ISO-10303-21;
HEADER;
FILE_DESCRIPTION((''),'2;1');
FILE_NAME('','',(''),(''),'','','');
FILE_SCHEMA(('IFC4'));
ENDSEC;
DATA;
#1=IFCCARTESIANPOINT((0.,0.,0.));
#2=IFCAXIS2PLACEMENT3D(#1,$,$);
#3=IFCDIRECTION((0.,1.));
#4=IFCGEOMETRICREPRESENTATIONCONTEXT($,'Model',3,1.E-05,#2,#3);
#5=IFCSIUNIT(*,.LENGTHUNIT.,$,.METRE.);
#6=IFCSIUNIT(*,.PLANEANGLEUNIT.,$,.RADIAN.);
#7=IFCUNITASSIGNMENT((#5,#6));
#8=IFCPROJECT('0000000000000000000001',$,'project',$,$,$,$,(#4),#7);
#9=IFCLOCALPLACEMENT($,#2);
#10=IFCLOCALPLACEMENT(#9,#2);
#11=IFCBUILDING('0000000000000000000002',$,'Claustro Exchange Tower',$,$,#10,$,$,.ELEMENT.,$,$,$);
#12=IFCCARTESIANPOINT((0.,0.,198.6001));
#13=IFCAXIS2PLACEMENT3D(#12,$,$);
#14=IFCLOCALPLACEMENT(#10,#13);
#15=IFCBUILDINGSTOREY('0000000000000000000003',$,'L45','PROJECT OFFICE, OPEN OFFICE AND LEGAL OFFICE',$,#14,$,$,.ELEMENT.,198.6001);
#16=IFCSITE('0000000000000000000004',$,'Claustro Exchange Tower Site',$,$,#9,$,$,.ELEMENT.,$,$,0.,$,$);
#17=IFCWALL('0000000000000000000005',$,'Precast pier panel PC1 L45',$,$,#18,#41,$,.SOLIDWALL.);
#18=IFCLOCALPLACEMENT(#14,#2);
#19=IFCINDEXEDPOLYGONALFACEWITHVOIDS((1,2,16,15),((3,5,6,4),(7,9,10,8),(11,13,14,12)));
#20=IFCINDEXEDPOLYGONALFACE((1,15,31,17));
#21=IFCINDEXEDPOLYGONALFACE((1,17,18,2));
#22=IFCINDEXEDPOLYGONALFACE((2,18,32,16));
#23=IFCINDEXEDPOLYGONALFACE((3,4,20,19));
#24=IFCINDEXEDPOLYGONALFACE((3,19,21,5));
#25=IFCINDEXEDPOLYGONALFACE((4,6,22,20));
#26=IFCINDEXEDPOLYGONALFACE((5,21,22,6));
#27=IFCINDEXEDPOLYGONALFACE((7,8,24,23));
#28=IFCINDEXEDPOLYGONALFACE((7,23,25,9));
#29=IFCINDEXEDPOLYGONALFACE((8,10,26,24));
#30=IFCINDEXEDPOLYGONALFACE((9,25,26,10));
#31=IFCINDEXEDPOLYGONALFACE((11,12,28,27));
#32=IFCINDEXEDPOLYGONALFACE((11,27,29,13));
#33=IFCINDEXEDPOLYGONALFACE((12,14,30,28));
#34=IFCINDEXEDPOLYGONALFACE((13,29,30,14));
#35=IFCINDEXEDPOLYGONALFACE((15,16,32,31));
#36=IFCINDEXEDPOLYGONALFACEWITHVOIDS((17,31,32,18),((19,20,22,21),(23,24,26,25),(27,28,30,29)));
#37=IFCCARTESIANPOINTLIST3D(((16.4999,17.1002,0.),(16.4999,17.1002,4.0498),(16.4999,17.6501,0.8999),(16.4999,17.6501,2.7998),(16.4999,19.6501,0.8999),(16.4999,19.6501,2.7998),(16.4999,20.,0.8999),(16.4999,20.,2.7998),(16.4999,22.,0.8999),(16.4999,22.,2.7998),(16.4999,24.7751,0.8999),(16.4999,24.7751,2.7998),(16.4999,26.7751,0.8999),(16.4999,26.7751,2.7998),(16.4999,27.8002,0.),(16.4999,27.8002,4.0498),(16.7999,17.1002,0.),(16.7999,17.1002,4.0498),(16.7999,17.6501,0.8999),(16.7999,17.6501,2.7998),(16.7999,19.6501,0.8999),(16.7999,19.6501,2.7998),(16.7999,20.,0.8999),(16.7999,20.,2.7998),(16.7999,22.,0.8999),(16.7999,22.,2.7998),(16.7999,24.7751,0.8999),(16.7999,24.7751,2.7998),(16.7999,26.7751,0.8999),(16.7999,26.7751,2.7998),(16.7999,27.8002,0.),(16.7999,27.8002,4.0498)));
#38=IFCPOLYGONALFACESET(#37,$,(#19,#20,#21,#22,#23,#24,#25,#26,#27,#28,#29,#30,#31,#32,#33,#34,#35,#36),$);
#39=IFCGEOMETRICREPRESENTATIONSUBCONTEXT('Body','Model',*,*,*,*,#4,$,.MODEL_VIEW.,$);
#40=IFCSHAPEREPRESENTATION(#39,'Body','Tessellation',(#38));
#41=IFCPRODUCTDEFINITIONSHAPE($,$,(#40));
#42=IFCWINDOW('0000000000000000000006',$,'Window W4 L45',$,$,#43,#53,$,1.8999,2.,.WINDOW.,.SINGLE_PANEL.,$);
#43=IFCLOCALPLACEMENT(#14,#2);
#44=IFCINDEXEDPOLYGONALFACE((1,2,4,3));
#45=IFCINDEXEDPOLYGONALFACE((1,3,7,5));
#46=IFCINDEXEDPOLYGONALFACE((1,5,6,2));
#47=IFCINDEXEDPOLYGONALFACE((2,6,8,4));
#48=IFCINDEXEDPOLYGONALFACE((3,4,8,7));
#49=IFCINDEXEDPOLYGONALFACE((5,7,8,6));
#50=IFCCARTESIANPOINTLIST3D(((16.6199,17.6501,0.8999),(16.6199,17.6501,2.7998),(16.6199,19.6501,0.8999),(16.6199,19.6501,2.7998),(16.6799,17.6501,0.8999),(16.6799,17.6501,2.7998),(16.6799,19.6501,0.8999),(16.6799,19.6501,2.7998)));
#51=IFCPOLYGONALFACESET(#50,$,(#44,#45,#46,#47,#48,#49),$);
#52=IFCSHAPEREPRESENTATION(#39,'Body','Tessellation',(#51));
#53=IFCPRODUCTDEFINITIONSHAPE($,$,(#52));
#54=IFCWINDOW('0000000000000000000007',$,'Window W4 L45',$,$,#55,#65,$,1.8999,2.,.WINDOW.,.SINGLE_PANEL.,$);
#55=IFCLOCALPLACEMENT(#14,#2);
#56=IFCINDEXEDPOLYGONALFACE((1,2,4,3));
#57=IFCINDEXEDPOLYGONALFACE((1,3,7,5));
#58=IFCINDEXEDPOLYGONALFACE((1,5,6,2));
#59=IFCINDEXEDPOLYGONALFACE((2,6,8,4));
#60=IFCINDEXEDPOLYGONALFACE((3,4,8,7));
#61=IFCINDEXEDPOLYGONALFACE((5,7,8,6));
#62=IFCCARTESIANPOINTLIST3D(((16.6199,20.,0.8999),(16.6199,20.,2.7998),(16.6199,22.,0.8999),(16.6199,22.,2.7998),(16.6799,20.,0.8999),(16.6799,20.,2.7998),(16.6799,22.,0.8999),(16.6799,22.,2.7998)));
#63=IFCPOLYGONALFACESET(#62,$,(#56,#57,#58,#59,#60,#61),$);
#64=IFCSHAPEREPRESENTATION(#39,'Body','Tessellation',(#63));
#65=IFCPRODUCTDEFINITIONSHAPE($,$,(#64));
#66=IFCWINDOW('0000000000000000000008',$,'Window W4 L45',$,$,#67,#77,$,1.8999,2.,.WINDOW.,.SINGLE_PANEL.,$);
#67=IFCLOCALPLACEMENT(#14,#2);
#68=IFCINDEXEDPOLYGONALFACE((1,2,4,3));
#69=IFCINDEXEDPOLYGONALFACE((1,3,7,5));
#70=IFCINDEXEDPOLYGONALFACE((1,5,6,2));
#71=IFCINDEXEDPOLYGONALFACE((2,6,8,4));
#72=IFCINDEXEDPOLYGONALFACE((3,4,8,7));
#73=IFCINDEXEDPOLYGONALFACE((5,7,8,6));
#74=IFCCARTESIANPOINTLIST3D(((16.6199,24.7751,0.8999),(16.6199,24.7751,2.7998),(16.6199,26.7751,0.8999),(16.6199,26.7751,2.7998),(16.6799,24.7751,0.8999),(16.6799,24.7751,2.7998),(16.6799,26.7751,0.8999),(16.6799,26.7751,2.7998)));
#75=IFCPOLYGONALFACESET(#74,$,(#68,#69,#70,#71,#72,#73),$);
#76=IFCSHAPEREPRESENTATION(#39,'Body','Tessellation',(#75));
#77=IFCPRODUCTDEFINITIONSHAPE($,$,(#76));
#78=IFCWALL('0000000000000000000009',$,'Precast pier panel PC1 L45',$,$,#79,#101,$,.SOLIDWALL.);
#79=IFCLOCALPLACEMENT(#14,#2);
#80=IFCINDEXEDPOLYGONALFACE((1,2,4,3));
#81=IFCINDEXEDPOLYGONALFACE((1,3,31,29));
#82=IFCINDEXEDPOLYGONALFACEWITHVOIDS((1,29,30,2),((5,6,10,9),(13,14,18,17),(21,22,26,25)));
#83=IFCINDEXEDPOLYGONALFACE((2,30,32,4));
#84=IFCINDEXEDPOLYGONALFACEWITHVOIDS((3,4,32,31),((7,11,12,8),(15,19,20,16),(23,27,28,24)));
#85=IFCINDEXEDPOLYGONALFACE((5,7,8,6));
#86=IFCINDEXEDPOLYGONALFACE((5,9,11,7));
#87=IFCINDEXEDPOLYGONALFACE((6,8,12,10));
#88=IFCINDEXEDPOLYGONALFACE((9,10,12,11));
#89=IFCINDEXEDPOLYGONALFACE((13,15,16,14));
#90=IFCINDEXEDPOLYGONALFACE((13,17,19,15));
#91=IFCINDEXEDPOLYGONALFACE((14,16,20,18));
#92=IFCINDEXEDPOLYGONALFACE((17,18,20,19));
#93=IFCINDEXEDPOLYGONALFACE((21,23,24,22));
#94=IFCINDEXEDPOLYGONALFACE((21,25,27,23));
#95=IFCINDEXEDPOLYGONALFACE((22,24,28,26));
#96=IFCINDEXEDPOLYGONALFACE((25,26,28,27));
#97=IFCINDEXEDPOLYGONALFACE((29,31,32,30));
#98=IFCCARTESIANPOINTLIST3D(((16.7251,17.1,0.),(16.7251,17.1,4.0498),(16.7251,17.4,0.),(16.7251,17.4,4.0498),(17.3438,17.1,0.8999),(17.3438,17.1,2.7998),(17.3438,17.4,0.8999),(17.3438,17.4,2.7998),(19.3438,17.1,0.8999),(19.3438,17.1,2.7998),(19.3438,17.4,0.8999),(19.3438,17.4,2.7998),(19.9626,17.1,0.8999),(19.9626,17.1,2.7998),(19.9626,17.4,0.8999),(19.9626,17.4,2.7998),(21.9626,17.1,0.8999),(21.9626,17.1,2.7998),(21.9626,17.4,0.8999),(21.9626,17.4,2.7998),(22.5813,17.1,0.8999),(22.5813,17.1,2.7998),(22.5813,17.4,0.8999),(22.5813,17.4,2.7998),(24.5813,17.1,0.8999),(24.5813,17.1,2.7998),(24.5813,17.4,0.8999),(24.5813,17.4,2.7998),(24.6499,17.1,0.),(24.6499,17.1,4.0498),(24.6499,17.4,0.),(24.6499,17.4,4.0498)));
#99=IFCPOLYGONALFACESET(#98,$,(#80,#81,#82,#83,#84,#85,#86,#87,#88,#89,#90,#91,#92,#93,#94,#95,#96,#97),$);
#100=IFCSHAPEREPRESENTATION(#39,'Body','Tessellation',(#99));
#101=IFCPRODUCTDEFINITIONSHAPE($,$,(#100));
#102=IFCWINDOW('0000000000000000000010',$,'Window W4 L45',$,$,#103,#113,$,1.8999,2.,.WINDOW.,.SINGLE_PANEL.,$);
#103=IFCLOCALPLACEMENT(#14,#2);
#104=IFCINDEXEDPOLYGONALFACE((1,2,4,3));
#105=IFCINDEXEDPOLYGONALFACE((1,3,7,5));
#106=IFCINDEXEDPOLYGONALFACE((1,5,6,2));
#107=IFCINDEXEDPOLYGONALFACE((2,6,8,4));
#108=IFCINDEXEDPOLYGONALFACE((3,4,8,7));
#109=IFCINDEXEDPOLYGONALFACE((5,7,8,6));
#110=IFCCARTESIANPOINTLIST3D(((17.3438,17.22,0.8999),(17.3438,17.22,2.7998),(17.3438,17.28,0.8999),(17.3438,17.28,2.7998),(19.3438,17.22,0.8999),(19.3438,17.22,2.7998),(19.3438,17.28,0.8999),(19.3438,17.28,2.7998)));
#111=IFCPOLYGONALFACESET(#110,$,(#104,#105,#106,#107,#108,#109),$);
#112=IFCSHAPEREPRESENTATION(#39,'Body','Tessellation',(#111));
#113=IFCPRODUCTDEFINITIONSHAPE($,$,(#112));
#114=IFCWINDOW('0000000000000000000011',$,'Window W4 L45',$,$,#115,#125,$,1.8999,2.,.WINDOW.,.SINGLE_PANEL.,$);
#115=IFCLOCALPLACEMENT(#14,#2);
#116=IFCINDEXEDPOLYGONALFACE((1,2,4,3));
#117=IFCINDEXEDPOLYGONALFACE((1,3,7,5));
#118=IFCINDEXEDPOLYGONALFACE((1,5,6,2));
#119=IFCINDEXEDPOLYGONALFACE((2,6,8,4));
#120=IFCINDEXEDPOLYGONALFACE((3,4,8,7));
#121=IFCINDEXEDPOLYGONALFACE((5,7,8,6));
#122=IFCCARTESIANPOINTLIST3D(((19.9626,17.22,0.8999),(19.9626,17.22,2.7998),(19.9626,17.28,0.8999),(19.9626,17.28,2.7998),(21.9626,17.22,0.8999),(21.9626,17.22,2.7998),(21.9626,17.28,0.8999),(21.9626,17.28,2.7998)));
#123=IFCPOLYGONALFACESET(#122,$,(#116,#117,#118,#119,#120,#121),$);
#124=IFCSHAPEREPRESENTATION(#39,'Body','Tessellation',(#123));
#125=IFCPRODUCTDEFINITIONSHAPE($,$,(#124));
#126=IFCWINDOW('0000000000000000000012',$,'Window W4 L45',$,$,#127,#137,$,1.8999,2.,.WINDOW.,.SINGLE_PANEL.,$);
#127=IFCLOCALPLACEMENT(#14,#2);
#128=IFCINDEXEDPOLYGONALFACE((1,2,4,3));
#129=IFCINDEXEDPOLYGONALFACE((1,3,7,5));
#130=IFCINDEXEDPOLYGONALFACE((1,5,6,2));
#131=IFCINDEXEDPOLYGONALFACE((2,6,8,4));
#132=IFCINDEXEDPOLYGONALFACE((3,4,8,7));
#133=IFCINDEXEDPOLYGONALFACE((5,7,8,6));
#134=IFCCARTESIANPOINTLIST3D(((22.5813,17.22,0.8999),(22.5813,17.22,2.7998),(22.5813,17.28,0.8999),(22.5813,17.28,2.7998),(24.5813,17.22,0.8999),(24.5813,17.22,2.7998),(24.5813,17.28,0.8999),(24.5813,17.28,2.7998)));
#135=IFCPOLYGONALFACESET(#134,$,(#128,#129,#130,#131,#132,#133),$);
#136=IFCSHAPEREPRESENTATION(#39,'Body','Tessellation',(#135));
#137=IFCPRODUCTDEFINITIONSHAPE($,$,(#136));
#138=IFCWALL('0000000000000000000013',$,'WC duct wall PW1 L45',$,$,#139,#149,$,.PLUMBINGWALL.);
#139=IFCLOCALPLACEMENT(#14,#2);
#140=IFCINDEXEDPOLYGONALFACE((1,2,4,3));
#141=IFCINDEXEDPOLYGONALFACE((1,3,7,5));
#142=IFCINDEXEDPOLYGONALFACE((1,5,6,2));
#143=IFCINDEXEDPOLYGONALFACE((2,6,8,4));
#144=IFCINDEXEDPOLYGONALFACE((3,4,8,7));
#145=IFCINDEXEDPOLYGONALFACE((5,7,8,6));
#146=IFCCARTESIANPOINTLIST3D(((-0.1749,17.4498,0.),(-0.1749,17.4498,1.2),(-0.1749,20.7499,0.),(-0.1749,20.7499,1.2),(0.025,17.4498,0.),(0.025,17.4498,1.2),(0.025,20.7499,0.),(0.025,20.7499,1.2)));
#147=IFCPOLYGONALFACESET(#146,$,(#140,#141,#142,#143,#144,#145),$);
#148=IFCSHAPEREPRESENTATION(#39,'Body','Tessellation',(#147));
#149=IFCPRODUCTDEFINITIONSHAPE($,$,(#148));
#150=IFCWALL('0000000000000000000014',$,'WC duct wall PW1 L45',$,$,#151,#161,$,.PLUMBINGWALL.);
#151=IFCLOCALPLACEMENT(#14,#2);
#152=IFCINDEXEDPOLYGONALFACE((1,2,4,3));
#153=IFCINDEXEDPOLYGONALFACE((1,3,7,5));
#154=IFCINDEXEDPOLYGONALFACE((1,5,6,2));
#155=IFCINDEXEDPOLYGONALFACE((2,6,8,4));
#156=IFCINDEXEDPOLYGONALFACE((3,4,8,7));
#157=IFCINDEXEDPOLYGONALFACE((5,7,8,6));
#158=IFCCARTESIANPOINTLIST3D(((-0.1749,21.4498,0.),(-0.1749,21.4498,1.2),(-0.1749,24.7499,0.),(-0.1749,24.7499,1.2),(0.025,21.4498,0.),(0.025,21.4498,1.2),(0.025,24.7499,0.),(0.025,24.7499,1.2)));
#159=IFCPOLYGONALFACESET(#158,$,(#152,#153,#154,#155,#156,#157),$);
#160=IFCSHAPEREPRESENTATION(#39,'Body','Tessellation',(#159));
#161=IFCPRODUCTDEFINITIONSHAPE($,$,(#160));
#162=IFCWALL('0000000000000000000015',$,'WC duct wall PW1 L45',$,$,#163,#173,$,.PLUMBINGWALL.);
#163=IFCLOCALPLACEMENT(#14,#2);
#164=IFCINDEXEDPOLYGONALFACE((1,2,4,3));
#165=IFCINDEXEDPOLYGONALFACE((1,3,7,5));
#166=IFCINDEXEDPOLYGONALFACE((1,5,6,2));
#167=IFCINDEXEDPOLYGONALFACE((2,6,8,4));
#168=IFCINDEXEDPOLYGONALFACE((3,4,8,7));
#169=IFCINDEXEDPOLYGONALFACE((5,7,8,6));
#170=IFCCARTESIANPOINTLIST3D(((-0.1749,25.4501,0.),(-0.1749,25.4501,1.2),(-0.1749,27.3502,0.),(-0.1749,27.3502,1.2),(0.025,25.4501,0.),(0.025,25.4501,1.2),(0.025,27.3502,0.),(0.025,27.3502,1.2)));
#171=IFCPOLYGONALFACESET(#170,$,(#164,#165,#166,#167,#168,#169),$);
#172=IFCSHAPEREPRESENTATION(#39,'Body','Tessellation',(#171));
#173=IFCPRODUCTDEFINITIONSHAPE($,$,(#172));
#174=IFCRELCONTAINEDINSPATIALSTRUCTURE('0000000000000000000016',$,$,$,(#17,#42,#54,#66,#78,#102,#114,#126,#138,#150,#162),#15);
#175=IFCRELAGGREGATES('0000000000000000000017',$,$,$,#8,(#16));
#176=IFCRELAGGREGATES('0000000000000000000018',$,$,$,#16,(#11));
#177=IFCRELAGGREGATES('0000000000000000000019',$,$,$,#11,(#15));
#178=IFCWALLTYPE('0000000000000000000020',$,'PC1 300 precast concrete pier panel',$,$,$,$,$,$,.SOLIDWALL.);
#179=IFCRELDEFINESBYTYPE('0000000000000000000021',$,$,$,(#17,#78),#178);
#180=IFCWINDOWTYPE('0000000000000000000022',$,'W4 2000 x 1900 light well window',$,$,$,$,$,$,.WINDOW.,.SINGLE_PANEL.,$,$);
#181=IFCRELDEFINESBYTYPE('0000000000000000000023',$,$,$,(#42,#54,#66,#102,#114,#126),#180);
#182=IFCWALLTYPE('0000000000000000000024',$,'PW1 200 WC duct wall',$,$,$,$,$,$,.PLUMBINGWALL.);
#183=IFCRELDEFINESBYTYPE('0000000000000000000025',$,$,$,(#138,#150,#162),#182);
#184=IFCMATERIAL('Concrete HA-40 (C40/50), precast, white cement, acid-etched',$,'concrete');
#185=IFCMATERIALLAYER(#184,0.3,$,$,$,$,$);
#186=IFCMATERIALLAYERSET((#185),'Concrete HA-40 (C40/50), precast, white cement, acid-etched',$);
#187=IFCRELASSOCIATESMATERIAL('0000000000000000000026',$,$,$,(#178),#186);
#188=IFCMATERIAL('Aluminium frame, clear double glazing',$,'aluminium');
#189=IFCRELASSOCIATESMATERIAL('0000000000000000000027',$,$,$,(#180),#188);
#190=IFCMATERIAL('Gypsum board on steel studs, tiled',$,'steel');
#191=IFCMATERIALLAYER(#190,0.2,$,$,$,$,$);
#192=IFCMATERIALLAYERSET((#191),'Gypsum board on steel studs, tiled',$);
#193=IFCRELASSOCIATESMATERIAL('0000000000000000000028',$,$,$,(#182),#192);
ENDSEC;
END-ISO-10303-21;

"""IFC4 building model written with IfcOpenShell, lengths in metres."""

from ifc_helpers import new_model, si_unit, direction, frame, frame_2d, origin, place, context, subcontext, project, spatial, rectangle, extrude, material, layer, layer_set, type_object, element, fill, save


model = new_model("IFC4")

# Units and contexts
model_context = context("Model", 3, precision=1e-05, world=origin(), true_north=direction((0.0, 1.0)))
body_context = subcontext(model_context, "Body", "Model", "MODEL_VIEW")
ifc_project = project(units=[si_unit("LENGTHUNIT", "METRE"), si_unit("PLANEANGLEUNIT", "RADIAN")], contexts=[model_context])

# Site, building, storey
site_placement = place(None, origin())
site = spatial("IfcSite", under=ifc_project, at=site_placement, Name="Claustro Exchange Tower Site", CompositionType="ELEMENT", RefElevation=0.0)
building_placement = place(site_placement, origin())
building = spatial("IfcBuilding", under=site, at=building_placement, Name="Claustro Exchange Tower", CompositionType="ELEMENT")
storey_placement = place(building_placement, frame((0.0, 0.0, 198.6001)))
storey = spatial("IfcBuildingStorey", under=building, at=storey_placement, Name="L45", Description="PROJECT OFFICE, OPEN OFFICE AND LEGAL OFFICE", CompositionType="ELEMENT", Elevation=198.6001)

# Walls, openings, windows
ifc_material_1 = material(Name="Concrete HA-40 (C40/50), precast, white cement, acid-etched", Category="concrete")
ifc_layer_1 = layer(ifc_material_1, 0.3)
ifc_layer_set_1 = layer_set([ifc_layer_1], Name="Concrete HA-40 (C40/50), precast, white cement, acid-etched")
wall_type_1 = type_object("IfcWallType", Name="PC1 300 precast concrete pier panel", PredefinedType="SOLIDWALL", material=ifc_layer_set_1)
wall_1_placement = place(storey_placement, frame((16.6499, 17.1001, 0.0), z_axis=(0.0, 0.0, 1.0), x_axis=(0.0, 1.0, 0.0)))
wall_1 = element("IfcWall", 1, at=wall_1_placement, inside=storey, type_object=wall_type_1, Name="Precast pier panel PC1 L45", PredefinedType="SOLIDWALL", context=body_context, shape_type="SweptSolid", body=[
    extrude(rectangle(XDim=10.7, YDim=0.3, at=frame_2d((5.3501, 0.0))), origin(), (0.0, 0.0, 1.0), 4.0498),
])
opening_1_placement = place(wall_1_placement, frame((0.55, 0.0, 0.8999)))
opening_1 = element("IfcOpeningElement", 2, at=opening_1_placement, cuts=wall_1, PredefinedType="OPENING", context=body_context, shape_type="SweptSolid", body=[
    extrude(rectangle(XDim=2.0, YDim=1.8999, at=frame_2d((1.0, 0.95))), frame((0.0, 0.1599, 0.0), z_axis=(0.0, -1.0, 0.0), x_axis=(1.0, 0.0, 0.0)), (0.0, 0.0, 1.0), 0.3201),
])
opening_2_placement = place(wall_1_placement, frame((2.8999, 0.0, 0.8999)))
opening_2 = element("IfcOpeningElement", 3, at=opening_2_placement, cuts=wall_1, PredefinedType="OPENING", context=body_context, shape_type="SweptSolid", body=[
    extrude(rectangle(XDim=2.0, YDim=1.8999, at=frame_2d((1.0, 0.95))), frame((0.0, 0.1599, 0.0), z_axis=(0.0, -1.0, 0.0), x_axis=(1.0, 0.0, 0.0)), (0.0, 0.0, 1.0), 0.3201),
])
opening_3_placement = place(wall_1_placement, frame((7.675, 0.0, 0.8999)))
opening_3 = element("IfcOpeningElement", 4, at=opening_3_placement, cuts=wall_1, PredefinedType="OPENING", context=body_context, shape_type="SweptSolid", body=[
    extrude(rectangle(XDim=2.0, YDim=1.8999, at=frame_2d((1.0, 0.95))), frame((0.0, 0.1599, 0.0), z_axis=(0.0, -1.0, 0.0), x_axis=(1.0, 0.0, 0.0)), (0.0, 0.0, 1.0), 0.3201),
])
ifc_material_2 = material(Name="Aluminium frame, clear double glazing", Category="aluminium")
window_type = type_object("IfcWindowType", Name="W4 2000 x 1900 light well window", PartitioningType="SINGLE_PANEL", PredefinedType="WINDOW", material=ifc_material_2)
window_1_placement = place(opening_1_placement, origin())
window_1 = element("IfcWindow", 5, at=window_1_placement, inside=storey, type_object=window_type, Name="Window W4 L45", OverallHeight=1.8999, OverallWidth=2.0, PartitioningType="SINGLE_PANEL", PredefinedType="WINDOW", context=body_context, shape_type="SweptSolid", body=[
    extrude(rectangle(XDim=2.0, YDim=1.8999, at=frame_2d((1.0, 0.95))), frame((0.0, 0.03, 0.0), z_axis=(0.0, -1.0, 0.0), x_axis=(1.0, 0.0, 0.0)), (0.0, 0.0, 1.0), 0.0601),
])
fill(opening_1, window_1)
window_2_placement = place(opening_2_placement, origin())
window_2 = element("IfcWindow", 6, at=window_2_placement, inside=storey, type_object=window_type, Name="Window W4 L45", OverallHeight=1.8999, OverallWidth=2.0, PartitioningType="SINGLE_PANEL", PredefinedType="WINDOW", context=body_context, shape_type="SweptSolid", body=[
    extrude(rectangle(XDim=2.0, YDim=1.8999, at=frame_2d((1.0, 0.95))), frame((0.0, 0.03, 0.0), z_axis=(0.0, -1.0, 0.0), x_axis=(1.0, 0.0, 0.0)), (0.0, 0.0, 1.0), 0.0601),
])
fill(opening_2, window_2)
window_3_placement = place(opening_3_placement, origin())
window_3 = element("IfcWindow", 7, at=window_3_placement, inside=storey, type_object=window_type, Name="Window W4 L45", OverallHeight=1.8999, OverallWidth=2.0, PartitioningType="SINGLE_PANEL", PredefinedType="WINDOW", context=body_context, shape_type="SweptSolid", body=[
    extrude(rectangle(XDim=2.0, YDim=1.8999, at=frame_2d((1.0, 0.95))), frame((0.0, 0.03, 0.0), z_axis=(0.0, -1.0, 0.0), x_axis=(1.0, 0.0, 0.0)), (0.0, 0.0, 1.0), 0.0601),
])
fill(opening_3, window_3)
wall_2_placement = place(storey_placement, frame((16.7251, 17.25, 0.0), z_axis=(0.0, 0.0, 1.0), x_axis=(1.0, 0.0, 0.0)))
wall_2 = element("IfcWall", 8, at=wall_2_placement, inside=storey, type_object=wall_type_1, Name="Precast pier panel PC1 L45", PredefinedType="SOLIDWALL", context=body_context, shape_type="SweptSolid", body=[
    extrude(rectangle(XDim=7.9248, YDim=0.3, at=frame_2d((3.9624, 0.0))), origin(), (0.0, 0.0, 1.0), 4.0498),
])
opening_4_placement = place(wall_2_placement, frame((0.6187, 0.0, 0.8999)))
opening_4 = element("IfcOpeningElement", 9, at=opening_4_placement, cuts=wall_2, PredefinedType="OPENING", context=body_context, shape_type="SweptSolid", body=[
    extrude(rectangle(XDim=2.0, YDim=1.8999, at=frame_2d((1.0, 0.95))), frame((0.0, 0.1599, 0.0), z_axis=(0.0, -1.0, 0.0), x_axis=(1.0, 0.0, 0.0)), (0.0, 0.0, 1.0), 0.3201),
])
opening_5_placement = place(wall_2_placement, frame((3.2375, 0.0, 0.8999)))
opening_5 = element("IfcOpeningElement", 10, at=opening_5_placement, cuts=wall_2, PredefinedType="OPENING", context=body_context, shape_type="SweptSolid", body=[
    extrude(rectangle(XDim=2.0, YDim=1.8999, at=frame_2d((1.0, 0.95))), frame((0.0, 0.1599, 0.0), z_axis=(0.0, -1.0, 0.0), x_axis=(1.0, 0.0, 0.0)), (0.0, 0.0, 1.0), 0.3201),
])
opening_6_placement = place(wall_2_placement, frame((5.8562, 0.0, 0.8999)))
opening_6 = element("IfcOpeningElement", 11, at=opening_6_placement, cuts=wall_2, PredefinedType="OPENING", context=body_context, shape_type="SweptSolid", body=[
    extrude(rectangle(XDim=2.0, YDim=1.8999, at=frame_2d((1.0, 0.95))), frame((0.0, 0.1599, 0.0), z_axis=(0.0, -1.0, 0.0), x_axis=(1.0, 0.0, 0.0)), (0.0, 0.0, 1.0), 0.3201),
])
window_4_placement = place(opening_4_placement, origin())
window_4 = element("IfcWindow", 12, at=window_4_placement, inside=storey, type_object=window_type, Name="Window W4 L45", OverallHeight=1.8999, OverallWidth=2.0, PartitioningType="SINGLE_PANEL", PredefinedType="WINDOW", context=body_context, shape_type="SweptSolid", body=[
    extrude(rectangle(XDim=2.0, YDim=1.8999, at=frame_2d((1.0, 0.95))), frame((0.0, 0.03, 0.0), z_axis=(0.0, -1.0, 0.0), x_axis=(1.0, 0.0, 0.0)), (0.0, 0.0, 1.0), 0.0601),
])
fill(opening_4, window_4)
window_5_placement = place(opening_5_placement, origin())
window_5 = element("IfcWindow", 13, at=window_5_placement, inside=storey, type_object=window_type, Name="Window W4 L45", OverallHeight=1.8999, OverallWidth=2.0, PartitioningType="SINGLE_PANEL", PredefinedType="WINDOW", context=body_context, shape_type="SweptSolid", body=[
    extrude(rectangle(XDim=2.0, YDim=1.8999, at=frame_2d((1.0, 0.95))), frame((0.0, 0.03, 0.0), z_axis=(0.0, -1.0, 0.0), x_axis=(1.0, 0.0, 0.0)), (0.0, 0.0, 1.0), 0.0601),
])
fill(opening_5, window_5)
window_6_placement = place(opening_6_placement, origin())
window_6 = element("IfcWindow", 14, at=window_6_placement, inside=storey, type_object=window_type, Name="Window W4 L45", OverallHeight=1.8999, OverallWidth=2.0, PartitioningType="SINGLE_PANEL", PredefinedType="WINDOW", context=body_context, shape_type="SweptSolid", body=[
    extrude(rectangle(XDim=2.0, YDim=1.8999, at=frame_2d((1.0, 0.95))), frame((0.0, 0.03, 0.0), z_axis=(0.0, -1.0, 0.0), x_axis=(1.0, 0.0, 0.0)), (0.0, 0.0, 1.0), 0.0601),
])
fill(opening_6, window_6)

# Walls
ifc_material_3 = material(Name="Gypsum board on steel studs, tiled", Category="steel")
ifc_layer_2 = layer(ifc_material_3, 0.2)
ifc_layer_set_2 = layer_set([ifc_layer_2], Name="Gypsum board on steel studs, tiled")
wall_type_2 = type_object("IfcWallType", Name="PW1 200 WC duct wall", PredefinedType="PLUMBINGWALL", material=ifc_layer_set_2)
for number, where, z_axis, x_axis, name in (
    (15, (-0.075, 17.45, 0.0), (0.0, 0.0, 1.0), (0.0, 1.0, 0.0), "WC duct wall PW1 L45"),
    (16, (-0.075, 21.45, 0.0), (0.0, 0.0, 1.0), (0.0, 1.0, 0.0), "WC duct wall PW1 L45"),
):
    element("IfcWall", number, at=place(storey_placement, frame(where, z_axis=z_axis, x_axis=x_axis)), inside=storey, type_object=wall_type_2, Name=name, PredefinedType="PLUMBINGWALL", context=body_context, shape_type="SweptSolid", body=[
        extrude(rectangle(XDim=3.3, YDim=0.2, at=frame_2d((1.6499, 0.0))), origin(), (0.0, 0.0, 1.0), 1.2),
    ])
wall_3_placement = place(storey_placement, frame((-0.075, 25.45, 0.0), z_axis=(0.0, 0.0, 1.0), x_axis=(0.0, 1.0, 0.0)))
element("IfcWall", 17, at=wall_3_placement, inside=storey, type_object=wall_type_2, Name="WC duct wall PW1 L45", PredefinedType="PLUMBINGWALL", context=body_context, shape_type="SweptSolid", body=[
    extrude(rectangle(XDim=1.9001, YDim=0.2, at=frame_2d((0.9502, 0.0))), origin(), (0.0, 0.0, 1.0), 1.2),
])

save(model, "model.ifc")
